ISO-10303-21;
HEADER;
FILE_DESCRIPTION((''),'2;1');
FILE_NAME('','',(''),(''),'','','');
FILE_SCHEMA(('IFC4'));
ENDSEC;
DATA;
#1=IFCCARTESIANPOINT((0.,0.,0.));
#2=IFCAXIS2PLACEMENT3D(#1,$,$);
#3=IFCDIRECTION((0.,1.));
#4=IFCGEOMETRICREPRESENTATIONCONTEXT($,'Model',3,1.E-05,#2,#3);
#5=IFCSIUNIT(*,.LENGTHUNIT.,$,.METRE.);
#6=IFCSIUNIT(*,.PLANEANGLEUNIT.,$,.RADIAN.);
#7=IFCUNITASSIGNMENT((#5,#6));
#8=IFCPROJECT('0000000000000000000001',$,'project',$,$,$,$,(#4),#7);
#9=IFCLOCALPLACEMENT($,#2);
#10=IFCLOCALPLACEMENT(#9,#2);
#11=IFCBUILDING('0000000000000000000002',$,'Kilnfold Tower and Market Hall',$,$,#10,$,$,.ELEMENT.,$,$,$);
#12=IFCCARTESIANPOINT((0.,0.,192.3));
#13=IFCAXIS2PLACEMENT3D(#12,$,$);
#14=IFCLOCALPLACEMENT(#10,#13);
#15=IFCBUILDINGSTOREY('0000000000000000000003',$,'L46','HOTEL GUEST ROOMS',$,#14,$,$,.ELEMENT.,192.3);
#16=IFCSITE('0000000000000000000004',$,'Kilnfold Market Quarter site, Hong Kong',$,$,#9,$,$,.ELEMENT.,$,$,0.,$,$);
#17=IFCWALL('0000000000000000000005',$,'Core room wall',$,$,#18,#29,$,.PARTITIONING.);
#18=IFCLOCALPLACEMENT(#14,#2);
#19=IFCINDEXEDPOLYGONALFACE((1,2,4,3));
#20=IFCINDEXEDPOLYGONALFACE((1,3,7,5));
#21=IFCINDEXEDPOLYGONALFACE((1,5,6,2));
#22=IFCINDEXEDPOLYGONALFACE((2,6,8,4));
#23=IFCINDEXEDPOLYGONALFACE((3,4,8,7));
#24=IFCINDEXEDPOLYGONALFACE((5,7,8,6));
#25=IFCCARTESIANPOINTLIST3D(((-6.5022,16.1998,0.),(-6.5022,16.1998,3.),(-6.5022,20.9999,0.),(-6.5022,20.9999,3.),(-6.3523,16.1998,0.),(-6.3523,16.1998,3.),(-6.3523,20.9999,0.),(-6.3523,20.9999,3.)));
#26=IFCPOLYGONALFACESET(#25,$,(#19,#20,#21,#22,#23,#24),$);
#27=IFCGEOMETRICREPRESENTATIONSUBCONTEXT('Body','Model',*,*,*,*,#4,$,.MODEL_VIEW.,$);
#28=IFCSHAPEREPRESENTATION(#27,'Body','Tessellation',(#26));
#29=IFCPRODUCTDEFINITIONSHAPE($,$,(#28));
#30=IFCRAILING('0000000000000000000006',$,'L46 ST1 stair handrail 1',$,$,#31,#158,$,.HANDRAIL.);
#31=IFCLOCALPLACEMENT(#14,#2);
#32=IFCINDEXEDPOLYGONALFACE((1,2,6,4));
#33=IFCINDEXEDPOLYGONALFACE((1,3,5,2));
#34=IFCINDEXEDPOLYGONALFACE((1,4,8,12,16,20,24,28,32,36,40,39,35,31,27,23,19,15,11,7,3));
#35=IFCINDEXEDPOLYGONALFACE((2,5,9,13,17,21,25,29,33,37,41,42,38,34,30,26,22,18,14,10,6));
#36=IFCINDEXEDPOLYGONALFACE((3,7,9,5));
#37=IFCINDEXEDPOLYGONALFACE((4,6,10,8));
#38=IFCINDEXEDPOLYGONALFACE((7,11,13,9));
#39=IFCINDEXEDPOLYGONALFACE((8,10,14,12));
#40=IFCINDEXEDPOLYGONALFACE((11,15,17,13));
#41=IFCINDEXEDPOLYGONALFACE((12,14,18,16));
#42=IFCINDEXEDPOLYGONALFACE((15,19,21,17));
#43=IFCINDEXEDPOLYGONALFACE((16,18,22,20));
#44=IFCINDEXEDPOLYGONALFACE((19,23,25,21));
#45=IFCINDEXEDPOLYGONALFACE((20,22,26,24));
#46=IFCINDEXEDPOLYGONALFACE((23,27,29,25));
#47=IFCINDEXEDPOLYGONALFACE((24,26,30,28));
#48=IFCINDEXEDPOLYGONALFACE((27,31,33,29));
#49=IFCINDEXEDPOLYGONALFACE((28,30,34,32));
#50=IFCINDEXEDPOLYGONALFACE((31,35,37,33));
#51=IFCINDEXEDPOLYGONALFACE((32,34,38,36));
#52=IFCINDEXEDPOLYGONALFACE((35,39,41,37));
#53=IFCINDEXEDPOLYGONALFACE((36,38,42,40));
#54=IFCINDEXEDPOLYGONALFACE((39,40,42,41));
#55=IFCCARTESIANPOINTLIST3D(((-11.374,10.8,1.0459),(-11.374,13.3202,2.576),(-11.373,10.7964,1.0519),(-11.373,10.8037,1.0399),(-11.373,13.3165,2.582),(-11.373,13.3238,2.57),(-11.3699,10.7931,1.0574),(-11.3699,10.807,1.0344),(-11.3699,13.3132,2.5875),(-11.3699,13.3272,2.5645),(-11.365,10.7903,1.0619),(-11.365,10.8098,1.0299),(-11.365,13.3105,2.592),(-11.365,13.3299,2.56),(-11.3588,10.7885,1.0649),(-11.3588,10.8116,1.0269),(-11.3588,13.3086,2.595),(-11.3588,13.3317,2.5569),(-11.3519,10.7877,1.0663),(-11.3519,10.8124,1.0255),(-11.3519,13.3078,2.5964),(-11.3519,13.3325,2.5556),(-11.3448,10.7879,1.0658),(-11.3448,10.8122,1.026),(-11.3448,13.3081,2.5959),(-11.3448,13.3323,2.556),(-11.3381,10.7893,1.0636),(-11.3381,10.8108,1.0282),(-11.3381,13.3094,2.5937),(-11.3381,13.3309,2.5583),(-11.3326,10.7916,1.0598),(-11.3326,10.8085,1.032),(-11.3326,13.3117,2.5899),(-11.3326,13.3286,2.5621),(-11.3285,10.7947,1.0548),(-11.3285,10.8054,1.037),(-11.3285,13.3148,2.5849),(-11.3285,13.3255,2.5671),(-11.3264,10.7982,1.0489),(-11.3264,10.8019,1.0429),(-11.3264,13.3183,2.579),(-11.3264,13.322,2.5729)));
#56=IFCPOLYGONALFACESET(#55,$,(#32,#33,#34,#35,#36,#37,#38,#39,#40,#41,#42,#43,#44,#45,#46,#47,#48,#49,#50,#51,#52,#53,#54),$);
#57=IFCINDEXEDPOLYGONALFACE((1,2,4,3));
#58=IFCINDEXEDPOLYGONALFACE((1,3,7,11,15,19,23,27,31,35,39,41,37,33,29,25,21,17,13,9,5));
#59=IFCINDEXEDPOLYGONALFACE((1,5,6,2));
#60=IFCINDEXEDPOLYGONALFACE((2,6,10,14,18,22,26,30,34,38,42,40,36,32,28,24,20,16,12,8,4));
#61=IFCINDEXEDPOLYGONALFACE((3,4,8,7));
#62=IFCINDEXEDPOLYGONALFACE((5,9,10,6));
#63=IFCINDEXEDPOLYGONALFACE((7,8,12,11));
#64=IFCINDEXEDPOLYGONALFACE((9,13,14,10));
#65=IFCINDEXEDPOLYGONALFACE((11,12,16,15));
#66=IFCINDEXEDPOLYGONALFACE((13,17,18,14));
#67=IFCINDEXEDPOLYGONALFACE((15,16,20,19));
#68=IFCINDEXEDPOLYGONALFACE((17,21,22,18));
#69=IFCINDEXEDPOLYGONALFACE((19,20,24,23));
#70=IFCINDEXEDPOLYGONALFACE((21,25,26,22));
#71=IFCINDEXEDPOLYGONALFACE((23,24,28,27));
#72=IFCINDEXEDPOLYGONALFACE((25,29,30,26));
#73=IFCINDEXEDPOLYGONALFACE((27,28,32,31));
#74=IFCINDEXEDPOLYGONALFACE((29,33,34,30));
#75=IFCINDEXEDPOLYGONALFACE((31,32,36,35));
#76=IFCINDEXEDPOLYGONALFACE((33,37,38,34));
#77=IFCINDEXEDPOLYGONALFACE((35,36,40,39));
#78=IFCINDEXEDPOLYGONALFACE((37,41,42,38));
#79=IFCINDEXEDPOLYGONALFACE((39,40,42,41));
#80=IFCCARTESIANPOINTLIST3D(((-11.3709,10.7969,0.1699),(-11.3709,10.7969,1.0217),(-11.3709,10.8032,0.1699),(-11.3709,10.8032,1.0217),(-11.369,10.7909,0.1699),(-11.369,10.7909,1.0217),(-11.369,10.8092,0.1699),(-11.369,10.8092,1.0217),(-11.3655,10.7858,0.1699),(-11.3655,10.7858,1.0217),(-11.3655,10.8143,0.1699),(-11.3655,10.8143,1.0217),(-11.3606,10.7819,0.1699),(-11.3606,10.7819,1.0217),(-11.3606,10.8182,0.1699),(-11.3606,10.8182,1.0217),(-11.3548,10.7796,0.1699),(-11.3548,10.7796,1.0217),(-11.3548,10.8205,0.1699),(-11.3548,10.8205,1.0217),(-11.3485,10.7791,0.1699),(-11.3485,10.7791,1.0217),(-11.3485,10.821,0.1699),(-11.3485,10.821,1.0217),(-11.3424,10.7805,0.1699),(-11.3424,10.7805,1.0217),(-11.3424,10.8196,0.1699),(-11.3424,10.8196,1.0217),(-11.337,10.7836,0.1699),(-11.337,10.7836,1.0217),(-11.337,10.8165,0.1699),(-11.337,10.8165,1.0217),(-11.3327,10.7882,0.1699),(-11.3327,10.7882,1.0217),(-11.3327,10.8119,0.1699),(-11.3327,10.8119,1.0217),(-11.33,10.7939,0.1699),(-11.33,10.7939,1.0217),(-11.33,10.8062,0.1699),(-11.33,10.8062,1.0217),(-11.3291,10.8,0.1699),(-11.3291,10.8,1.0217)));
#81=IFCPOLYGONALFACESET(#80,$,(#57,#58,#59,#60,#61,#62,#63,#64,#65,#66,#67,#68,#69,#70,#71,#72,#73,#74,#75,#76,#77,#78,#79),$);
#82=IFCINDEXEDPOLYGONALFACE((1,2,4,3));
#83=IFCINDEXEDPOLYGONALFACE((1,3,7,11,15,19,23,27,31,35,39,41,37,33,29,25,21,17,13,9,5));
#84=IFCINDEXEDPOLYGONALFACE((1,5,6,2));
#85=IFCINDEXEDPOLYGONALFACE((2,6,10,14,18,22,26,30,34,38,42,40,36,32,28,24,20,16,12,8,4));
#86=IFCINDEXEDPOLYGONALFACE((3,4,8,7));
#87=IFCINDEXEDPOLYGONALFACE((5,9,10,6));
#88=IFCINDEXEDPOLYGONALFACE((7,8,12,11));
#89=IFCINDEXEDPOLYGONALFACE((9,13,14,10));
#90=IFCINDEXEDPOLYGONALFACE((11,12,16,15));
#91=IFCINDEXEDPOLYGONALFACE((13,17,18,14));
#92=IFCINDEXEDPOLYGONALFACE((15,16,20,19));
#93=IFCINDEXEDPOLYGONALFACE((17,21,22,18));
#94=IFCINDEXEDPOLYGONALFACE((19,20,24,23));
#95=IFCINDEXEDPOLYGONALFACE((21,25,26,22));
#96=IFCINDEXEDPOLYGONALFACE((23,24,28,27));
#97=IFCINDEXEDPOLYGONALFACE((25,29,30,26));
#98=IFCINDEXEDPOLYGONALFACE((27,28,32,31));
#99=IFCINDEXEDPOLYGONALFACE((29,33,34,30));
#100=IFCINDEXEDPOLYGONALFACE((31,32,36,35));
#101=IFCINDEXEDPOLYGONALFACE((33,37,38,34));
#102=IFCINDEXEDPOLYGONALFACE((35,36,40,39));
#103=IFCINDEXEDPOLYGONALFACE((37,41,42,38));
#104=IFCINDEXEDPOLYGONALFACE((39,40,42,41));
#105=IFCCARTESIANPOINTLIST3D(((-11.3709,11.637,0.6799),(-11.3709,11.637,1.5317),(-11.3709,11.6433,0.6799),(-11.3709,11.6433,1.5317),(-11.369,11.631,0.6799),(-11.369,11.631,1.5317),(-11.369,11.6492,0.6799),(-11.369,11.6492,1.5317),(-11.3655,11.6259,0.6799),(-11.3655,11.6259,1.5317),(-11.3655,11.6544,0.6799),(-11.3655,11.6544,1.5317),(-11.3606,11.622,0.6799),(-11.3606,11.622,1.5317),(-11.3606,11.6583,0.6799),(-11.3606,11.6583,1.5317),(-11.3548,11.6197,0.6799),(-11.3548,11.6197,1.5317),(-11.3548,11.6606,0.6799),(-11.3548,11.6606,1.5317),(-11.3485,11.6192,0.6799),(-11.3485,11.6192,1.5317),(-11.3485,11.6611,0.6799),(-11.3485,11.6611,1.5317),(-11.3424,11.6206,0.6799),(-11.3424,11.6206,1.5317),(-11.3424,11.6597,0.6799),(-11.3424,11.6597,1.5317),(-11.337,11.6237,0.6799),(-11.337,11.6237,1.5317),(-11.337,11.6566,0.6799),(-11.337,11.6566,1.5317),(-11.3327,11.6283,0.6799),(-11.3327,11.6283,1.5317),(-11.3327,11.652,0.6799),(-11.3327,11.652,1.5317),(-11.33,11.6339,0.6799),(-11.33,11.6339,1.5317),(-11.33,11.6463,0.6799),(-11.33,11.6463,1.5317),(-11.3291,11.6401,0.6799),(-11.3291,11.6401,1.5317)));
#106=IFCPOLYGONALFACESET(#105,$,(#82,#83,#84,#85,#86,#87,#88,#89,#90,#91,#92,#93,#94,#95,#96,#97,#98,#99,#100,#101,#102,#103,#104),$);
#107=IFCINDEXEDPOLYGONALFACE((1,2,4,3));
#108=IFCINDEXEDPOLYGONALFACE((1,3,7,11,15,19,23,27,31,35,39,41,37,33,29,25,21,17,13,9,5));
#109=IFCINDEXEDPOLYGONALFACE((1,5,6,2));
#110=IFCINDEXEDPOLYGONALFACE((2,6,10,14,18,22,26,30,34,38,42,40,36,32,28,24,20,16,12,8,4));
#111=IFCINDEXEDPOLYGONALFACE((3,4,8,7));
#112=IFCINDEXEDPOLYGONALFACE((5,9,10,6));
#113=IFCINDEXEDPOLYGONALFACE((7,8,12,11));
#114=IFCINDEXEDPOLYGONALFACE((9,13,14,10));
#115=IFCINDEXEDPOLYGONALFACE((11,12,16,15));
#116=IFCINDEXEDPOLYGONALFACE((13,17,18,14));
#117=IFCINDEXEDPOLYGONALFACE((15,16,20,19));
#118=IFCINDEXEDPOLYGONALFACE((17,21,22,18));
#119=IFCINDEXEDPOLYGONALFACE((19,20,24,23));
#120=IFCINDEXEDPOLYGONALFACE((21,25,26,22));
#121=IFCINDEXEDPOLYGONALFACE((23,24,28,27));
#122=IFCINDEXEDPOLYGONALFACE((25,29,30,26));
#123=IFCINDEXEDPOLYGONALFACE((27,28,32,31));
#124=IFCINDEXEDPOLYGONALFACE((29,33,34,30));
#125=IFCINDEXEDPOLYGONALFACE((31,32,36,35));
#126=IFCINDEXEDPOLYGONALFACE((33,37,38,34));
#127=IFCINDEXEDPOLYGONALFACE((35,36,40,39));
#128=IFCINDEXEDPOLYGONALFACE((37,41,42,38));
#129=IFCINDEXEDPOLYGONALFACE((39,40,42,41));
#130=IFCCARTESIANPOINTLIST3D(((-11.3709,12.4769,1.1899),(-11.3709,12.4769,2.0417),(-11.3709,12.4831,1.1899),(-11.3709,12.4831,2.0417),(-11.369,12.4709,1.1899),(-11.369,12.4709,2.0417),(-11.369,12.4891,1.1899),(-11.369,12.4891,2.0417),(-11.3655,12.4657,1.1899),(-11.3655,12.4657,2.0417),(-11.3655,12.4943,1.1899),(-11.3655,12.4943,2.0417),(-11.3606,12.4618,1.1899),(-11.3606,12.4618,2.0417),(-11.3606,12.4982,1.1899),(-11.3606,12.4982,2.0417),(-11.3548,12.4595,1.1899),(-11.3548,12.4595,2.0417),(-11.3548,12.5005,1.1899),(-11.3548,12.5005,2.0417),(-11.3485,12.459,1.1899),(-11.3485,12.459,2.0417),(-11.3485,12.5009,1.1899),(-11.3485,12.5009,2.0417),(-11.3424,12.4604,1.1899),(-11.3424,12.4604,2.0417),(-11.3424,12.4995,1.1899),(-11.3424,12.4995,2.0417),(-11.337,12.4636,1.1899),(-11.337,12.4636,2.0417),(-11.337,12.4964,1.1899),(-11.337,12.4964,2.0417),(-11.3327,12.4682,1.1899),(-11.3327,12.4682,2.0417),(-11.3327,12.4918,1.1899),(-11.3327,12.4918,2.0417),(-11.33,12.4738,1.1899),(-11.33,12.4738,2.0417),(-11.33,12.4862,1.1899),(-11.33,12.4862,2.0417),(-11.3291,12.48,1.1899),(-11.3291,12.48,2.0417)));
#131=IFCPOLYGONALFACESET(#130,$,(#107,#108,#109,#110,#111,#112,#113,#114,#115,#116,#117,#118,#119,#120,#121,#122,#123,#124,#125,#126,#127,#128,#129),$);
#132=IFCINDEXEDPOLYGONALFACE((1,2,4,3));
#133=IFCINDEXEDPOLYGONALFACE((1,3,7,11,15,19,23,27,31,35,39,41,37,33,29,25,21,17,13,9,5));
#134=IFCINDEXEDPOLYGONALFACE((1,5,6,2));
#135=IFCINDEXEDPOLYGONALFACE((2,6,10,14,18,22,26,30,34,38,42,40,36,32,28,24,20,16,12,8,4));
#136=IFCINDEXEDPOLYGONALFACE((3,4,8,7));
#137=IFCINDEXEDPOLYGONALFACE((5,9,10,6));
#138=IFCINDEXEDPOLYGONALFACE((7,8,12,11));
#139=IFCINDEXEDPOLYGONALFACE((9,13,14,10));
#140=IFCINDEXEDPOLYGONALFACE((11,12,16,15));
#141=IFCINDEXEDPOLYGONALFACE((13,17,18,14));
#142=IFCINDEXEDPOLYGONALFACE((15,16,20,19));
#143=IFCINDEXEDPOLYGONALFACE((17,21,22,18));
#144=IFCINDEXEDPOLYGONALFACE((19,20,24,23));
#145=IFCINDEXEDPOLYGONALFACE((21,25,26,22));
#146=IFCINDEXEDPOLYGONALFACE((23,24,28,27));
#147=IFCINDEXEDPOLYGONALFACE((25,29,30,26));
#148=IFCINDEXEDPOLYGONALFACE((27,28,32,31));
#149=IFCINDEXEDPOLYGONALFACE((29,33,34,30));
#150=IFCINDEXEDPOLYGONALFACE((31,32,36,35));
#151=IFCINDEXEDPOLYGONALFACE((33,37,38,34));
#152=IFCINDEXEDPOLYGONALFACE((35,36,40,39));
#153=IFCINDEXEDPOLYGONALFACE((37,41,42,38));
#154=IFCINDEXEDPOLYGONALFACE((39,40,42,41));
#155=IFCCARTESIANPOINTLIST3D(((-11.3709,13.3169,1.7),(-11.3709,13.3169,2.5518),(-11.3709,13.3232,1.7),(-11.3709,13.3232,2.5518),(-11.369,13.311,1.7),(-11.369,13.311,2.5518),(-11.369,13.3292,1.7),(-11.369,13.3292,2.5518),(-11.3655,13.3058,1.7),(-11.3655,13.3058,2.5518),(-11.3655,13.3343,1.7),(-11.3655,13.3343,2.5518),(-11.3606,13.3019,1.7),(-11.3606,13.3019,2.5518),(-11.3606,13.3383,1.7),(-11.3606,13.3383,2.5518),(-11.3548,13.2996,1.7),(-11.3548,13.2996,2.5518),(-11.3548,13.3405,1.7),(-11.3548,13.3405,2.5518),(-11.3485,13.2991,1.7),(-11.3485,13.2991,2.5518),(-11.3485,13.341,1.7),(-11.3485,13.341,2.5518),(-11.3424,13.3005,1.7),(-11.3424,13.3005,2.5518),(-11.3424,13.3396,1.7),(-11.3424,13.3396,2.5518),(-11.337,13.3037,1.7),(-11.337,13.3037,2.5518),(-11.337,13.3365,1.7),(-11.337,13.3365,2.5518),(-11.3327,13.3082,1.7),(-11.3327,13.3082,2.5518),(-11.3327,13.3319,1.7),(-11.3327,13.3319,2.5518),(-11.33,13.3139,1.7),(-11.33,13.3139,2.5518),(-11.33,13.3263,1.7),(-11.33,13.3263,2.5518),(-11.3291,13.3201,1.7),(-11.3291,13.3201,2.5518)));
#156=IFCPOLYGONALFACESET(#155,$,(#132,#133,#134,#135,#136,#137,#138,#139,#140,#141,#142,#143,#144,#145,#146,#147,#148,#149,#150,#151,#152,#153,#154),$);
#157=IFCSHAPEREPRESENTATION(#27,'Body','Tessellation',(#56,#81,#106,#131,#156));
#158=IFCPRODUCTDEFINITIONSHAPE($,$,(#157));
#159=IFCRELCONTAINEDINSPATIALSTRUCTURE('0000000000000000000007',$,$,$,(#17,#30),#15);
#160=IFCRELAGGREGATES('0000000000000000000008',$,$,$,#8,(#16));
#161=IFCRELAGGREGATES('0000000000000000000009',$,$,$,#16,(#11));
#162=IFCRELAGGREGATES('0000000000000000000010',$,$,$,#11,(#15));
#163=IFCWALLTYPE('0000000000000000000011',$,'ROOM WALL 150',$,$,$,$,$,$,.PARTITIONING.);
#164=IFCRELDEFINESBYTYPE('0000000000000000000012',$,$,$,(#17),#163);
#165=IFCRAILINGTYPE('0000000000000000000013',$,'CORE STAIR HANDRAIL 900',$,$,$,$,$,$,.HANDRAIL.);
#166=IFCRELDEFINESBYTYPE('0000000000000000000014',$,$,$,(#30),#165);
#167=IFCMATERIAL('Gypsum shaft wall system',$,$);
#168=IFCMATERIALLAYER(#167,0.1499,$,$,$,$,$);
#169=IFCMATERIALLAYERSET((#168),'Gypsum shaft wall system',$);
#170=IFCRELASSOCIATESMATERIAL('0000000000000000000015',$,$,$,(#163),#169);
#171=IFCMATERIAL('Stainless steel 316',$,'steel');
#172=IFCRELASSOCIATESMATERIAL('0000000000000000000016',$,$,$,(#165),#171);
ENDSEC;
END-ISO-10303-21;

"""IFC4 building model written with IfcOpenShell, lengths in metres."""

from ifc_helpers import new_model, si_unit, direction, frame, frame_2d, origin, origin_2d, place, context, subcontext, project, spatial, rectangle, circle, extrude, source, transform, mapped, material, layer, layer_set, type_object, element, save


model = new_model("IFC4")

# Units and contexts
model_context = context("Model", 3, precision=1e-05, world=origin(), true_north=direction((0.0, 1.0)))
body_context = subcontext(model_context, "Body", "Model", "MODEL_VIEW")
ifc_project = project(units=[si_unit("LENGTHUNIT", "METRE"), si_unit("PLANEANGLEUNIT", "RADIAN")], contexts=[model_context])

# Site, building, storey
site_placement = place(None, origin())
site = spatial("IfcSite", under=ifc_project, at=site_placement, Name="Kilnfold Market Quarter site, Hong Kong", CompositionType="ELEMENT", RefElevation=0.0)
building_placement = place(site_placement, origin())
building = spatial("IfcBuilding", under=site, at=building_placement, Name="Kilnfold Tower and Market Hall", CompositionType="ELEMENT")
storey_placement = place(building_placement, frame((0.0, 0.0, 192.3)))
storey = spatial("IfcBuildingStorey", under=building, at=storey_placement, Name="L46", Description="HOTEL GUEST ROOMS", CompositionType="ELEMENT", Elevation=192.3)

# Wall
ifc_material_1 = material(Name="Gypsum shaft wall system")
ifc_layer_1 = layer(ifc_material_1, 0.1499)
ifc_layer_set_1 = layer_set([ifc_layer_1], Name="Gypsum shaft wall system")
wall_type_1 = type_object("IfcWallType", Name="ROOM WALL 150", PredefinedType="PARTITIONING", material=ifc_layer_set_1)
shared_shape_1 = source(origin(), body_context, "Body", "SweptSolid", [
    extrude(rectangle(XDim=4.8, YDim=0.1499, at=frame_2d((2.3999, 0.0))), origin(), (0.0, 0.0, 1.0), 3.0),
])
wall_1_placement = place(storey_placement, frame((-6.4272, 16.2, 0.0), z_axis=(0.0, 0.0, 1.0), x_axis=(0.0, 1.0, 0.0)))
element("IfcWall", 1, at=wall_1_placement, inside=storey, type_object=wall_type_1, Name="Core room wall", PredefinedType="PARTITIONING", context=body_context, shape_type="MappedRepresentation", body=[
    mapped(shared_shape_1, transform((0.0, 0.0, 0.0))),
])

# Railing
ifc_material_2 = material(Name="Stainless steel 316", Category="steel")
railing_type_1 = type_object("IfcRailingType", Name="CORE STAIR HANDRAIL 900", PredefinedType="HANDRAIL", material=ifc_material_2)
railing_1_placement = place(storey_placement, frame((-11.3501, 10.8, 0.1699)))
element("IfcRailing", 2, at=railing_1_placement, inside=storey, type_object=railing_type_1, Name="L46 ST1 stair handrail 1", PredefinedType="HANDRAIL", context=body_context, shape_type="SweptSolid", body=[
    extrude(circle(Radius=0.0239, at=origin_2d()), frame((0.0, 0.0, 0.876), z_axis=(0.0, 0.854785, 0.518982), x_axis=(-1.0, 0.0, 0.0)), (0.0, 0.0, 1.0), 2.9482),
    extrude(circle(Radius=0.021, at=origin_2d()), origin(), (0.0, 0.0, 1.0), 0.8518),
    extrude(circle(Radius=0.021, at=origin_2d()), frame((0.0, 0.8401, 0.51)), (0.0, 0.0, 1.0), 0.8518),
    extrude(circle(Radius=0.021, at=origin_2d()), frame((0.0, 1.6799, 1.02)), (0.0, 0.0, 1.0), 0.8518),
    extrude(circle(Radius=0.021, at=origin_2d()), frame((0.0, 2.52, 1.53)), (0.0, 0.0, 1.0), 0.8518),
])

save(model, "model.ifc")
